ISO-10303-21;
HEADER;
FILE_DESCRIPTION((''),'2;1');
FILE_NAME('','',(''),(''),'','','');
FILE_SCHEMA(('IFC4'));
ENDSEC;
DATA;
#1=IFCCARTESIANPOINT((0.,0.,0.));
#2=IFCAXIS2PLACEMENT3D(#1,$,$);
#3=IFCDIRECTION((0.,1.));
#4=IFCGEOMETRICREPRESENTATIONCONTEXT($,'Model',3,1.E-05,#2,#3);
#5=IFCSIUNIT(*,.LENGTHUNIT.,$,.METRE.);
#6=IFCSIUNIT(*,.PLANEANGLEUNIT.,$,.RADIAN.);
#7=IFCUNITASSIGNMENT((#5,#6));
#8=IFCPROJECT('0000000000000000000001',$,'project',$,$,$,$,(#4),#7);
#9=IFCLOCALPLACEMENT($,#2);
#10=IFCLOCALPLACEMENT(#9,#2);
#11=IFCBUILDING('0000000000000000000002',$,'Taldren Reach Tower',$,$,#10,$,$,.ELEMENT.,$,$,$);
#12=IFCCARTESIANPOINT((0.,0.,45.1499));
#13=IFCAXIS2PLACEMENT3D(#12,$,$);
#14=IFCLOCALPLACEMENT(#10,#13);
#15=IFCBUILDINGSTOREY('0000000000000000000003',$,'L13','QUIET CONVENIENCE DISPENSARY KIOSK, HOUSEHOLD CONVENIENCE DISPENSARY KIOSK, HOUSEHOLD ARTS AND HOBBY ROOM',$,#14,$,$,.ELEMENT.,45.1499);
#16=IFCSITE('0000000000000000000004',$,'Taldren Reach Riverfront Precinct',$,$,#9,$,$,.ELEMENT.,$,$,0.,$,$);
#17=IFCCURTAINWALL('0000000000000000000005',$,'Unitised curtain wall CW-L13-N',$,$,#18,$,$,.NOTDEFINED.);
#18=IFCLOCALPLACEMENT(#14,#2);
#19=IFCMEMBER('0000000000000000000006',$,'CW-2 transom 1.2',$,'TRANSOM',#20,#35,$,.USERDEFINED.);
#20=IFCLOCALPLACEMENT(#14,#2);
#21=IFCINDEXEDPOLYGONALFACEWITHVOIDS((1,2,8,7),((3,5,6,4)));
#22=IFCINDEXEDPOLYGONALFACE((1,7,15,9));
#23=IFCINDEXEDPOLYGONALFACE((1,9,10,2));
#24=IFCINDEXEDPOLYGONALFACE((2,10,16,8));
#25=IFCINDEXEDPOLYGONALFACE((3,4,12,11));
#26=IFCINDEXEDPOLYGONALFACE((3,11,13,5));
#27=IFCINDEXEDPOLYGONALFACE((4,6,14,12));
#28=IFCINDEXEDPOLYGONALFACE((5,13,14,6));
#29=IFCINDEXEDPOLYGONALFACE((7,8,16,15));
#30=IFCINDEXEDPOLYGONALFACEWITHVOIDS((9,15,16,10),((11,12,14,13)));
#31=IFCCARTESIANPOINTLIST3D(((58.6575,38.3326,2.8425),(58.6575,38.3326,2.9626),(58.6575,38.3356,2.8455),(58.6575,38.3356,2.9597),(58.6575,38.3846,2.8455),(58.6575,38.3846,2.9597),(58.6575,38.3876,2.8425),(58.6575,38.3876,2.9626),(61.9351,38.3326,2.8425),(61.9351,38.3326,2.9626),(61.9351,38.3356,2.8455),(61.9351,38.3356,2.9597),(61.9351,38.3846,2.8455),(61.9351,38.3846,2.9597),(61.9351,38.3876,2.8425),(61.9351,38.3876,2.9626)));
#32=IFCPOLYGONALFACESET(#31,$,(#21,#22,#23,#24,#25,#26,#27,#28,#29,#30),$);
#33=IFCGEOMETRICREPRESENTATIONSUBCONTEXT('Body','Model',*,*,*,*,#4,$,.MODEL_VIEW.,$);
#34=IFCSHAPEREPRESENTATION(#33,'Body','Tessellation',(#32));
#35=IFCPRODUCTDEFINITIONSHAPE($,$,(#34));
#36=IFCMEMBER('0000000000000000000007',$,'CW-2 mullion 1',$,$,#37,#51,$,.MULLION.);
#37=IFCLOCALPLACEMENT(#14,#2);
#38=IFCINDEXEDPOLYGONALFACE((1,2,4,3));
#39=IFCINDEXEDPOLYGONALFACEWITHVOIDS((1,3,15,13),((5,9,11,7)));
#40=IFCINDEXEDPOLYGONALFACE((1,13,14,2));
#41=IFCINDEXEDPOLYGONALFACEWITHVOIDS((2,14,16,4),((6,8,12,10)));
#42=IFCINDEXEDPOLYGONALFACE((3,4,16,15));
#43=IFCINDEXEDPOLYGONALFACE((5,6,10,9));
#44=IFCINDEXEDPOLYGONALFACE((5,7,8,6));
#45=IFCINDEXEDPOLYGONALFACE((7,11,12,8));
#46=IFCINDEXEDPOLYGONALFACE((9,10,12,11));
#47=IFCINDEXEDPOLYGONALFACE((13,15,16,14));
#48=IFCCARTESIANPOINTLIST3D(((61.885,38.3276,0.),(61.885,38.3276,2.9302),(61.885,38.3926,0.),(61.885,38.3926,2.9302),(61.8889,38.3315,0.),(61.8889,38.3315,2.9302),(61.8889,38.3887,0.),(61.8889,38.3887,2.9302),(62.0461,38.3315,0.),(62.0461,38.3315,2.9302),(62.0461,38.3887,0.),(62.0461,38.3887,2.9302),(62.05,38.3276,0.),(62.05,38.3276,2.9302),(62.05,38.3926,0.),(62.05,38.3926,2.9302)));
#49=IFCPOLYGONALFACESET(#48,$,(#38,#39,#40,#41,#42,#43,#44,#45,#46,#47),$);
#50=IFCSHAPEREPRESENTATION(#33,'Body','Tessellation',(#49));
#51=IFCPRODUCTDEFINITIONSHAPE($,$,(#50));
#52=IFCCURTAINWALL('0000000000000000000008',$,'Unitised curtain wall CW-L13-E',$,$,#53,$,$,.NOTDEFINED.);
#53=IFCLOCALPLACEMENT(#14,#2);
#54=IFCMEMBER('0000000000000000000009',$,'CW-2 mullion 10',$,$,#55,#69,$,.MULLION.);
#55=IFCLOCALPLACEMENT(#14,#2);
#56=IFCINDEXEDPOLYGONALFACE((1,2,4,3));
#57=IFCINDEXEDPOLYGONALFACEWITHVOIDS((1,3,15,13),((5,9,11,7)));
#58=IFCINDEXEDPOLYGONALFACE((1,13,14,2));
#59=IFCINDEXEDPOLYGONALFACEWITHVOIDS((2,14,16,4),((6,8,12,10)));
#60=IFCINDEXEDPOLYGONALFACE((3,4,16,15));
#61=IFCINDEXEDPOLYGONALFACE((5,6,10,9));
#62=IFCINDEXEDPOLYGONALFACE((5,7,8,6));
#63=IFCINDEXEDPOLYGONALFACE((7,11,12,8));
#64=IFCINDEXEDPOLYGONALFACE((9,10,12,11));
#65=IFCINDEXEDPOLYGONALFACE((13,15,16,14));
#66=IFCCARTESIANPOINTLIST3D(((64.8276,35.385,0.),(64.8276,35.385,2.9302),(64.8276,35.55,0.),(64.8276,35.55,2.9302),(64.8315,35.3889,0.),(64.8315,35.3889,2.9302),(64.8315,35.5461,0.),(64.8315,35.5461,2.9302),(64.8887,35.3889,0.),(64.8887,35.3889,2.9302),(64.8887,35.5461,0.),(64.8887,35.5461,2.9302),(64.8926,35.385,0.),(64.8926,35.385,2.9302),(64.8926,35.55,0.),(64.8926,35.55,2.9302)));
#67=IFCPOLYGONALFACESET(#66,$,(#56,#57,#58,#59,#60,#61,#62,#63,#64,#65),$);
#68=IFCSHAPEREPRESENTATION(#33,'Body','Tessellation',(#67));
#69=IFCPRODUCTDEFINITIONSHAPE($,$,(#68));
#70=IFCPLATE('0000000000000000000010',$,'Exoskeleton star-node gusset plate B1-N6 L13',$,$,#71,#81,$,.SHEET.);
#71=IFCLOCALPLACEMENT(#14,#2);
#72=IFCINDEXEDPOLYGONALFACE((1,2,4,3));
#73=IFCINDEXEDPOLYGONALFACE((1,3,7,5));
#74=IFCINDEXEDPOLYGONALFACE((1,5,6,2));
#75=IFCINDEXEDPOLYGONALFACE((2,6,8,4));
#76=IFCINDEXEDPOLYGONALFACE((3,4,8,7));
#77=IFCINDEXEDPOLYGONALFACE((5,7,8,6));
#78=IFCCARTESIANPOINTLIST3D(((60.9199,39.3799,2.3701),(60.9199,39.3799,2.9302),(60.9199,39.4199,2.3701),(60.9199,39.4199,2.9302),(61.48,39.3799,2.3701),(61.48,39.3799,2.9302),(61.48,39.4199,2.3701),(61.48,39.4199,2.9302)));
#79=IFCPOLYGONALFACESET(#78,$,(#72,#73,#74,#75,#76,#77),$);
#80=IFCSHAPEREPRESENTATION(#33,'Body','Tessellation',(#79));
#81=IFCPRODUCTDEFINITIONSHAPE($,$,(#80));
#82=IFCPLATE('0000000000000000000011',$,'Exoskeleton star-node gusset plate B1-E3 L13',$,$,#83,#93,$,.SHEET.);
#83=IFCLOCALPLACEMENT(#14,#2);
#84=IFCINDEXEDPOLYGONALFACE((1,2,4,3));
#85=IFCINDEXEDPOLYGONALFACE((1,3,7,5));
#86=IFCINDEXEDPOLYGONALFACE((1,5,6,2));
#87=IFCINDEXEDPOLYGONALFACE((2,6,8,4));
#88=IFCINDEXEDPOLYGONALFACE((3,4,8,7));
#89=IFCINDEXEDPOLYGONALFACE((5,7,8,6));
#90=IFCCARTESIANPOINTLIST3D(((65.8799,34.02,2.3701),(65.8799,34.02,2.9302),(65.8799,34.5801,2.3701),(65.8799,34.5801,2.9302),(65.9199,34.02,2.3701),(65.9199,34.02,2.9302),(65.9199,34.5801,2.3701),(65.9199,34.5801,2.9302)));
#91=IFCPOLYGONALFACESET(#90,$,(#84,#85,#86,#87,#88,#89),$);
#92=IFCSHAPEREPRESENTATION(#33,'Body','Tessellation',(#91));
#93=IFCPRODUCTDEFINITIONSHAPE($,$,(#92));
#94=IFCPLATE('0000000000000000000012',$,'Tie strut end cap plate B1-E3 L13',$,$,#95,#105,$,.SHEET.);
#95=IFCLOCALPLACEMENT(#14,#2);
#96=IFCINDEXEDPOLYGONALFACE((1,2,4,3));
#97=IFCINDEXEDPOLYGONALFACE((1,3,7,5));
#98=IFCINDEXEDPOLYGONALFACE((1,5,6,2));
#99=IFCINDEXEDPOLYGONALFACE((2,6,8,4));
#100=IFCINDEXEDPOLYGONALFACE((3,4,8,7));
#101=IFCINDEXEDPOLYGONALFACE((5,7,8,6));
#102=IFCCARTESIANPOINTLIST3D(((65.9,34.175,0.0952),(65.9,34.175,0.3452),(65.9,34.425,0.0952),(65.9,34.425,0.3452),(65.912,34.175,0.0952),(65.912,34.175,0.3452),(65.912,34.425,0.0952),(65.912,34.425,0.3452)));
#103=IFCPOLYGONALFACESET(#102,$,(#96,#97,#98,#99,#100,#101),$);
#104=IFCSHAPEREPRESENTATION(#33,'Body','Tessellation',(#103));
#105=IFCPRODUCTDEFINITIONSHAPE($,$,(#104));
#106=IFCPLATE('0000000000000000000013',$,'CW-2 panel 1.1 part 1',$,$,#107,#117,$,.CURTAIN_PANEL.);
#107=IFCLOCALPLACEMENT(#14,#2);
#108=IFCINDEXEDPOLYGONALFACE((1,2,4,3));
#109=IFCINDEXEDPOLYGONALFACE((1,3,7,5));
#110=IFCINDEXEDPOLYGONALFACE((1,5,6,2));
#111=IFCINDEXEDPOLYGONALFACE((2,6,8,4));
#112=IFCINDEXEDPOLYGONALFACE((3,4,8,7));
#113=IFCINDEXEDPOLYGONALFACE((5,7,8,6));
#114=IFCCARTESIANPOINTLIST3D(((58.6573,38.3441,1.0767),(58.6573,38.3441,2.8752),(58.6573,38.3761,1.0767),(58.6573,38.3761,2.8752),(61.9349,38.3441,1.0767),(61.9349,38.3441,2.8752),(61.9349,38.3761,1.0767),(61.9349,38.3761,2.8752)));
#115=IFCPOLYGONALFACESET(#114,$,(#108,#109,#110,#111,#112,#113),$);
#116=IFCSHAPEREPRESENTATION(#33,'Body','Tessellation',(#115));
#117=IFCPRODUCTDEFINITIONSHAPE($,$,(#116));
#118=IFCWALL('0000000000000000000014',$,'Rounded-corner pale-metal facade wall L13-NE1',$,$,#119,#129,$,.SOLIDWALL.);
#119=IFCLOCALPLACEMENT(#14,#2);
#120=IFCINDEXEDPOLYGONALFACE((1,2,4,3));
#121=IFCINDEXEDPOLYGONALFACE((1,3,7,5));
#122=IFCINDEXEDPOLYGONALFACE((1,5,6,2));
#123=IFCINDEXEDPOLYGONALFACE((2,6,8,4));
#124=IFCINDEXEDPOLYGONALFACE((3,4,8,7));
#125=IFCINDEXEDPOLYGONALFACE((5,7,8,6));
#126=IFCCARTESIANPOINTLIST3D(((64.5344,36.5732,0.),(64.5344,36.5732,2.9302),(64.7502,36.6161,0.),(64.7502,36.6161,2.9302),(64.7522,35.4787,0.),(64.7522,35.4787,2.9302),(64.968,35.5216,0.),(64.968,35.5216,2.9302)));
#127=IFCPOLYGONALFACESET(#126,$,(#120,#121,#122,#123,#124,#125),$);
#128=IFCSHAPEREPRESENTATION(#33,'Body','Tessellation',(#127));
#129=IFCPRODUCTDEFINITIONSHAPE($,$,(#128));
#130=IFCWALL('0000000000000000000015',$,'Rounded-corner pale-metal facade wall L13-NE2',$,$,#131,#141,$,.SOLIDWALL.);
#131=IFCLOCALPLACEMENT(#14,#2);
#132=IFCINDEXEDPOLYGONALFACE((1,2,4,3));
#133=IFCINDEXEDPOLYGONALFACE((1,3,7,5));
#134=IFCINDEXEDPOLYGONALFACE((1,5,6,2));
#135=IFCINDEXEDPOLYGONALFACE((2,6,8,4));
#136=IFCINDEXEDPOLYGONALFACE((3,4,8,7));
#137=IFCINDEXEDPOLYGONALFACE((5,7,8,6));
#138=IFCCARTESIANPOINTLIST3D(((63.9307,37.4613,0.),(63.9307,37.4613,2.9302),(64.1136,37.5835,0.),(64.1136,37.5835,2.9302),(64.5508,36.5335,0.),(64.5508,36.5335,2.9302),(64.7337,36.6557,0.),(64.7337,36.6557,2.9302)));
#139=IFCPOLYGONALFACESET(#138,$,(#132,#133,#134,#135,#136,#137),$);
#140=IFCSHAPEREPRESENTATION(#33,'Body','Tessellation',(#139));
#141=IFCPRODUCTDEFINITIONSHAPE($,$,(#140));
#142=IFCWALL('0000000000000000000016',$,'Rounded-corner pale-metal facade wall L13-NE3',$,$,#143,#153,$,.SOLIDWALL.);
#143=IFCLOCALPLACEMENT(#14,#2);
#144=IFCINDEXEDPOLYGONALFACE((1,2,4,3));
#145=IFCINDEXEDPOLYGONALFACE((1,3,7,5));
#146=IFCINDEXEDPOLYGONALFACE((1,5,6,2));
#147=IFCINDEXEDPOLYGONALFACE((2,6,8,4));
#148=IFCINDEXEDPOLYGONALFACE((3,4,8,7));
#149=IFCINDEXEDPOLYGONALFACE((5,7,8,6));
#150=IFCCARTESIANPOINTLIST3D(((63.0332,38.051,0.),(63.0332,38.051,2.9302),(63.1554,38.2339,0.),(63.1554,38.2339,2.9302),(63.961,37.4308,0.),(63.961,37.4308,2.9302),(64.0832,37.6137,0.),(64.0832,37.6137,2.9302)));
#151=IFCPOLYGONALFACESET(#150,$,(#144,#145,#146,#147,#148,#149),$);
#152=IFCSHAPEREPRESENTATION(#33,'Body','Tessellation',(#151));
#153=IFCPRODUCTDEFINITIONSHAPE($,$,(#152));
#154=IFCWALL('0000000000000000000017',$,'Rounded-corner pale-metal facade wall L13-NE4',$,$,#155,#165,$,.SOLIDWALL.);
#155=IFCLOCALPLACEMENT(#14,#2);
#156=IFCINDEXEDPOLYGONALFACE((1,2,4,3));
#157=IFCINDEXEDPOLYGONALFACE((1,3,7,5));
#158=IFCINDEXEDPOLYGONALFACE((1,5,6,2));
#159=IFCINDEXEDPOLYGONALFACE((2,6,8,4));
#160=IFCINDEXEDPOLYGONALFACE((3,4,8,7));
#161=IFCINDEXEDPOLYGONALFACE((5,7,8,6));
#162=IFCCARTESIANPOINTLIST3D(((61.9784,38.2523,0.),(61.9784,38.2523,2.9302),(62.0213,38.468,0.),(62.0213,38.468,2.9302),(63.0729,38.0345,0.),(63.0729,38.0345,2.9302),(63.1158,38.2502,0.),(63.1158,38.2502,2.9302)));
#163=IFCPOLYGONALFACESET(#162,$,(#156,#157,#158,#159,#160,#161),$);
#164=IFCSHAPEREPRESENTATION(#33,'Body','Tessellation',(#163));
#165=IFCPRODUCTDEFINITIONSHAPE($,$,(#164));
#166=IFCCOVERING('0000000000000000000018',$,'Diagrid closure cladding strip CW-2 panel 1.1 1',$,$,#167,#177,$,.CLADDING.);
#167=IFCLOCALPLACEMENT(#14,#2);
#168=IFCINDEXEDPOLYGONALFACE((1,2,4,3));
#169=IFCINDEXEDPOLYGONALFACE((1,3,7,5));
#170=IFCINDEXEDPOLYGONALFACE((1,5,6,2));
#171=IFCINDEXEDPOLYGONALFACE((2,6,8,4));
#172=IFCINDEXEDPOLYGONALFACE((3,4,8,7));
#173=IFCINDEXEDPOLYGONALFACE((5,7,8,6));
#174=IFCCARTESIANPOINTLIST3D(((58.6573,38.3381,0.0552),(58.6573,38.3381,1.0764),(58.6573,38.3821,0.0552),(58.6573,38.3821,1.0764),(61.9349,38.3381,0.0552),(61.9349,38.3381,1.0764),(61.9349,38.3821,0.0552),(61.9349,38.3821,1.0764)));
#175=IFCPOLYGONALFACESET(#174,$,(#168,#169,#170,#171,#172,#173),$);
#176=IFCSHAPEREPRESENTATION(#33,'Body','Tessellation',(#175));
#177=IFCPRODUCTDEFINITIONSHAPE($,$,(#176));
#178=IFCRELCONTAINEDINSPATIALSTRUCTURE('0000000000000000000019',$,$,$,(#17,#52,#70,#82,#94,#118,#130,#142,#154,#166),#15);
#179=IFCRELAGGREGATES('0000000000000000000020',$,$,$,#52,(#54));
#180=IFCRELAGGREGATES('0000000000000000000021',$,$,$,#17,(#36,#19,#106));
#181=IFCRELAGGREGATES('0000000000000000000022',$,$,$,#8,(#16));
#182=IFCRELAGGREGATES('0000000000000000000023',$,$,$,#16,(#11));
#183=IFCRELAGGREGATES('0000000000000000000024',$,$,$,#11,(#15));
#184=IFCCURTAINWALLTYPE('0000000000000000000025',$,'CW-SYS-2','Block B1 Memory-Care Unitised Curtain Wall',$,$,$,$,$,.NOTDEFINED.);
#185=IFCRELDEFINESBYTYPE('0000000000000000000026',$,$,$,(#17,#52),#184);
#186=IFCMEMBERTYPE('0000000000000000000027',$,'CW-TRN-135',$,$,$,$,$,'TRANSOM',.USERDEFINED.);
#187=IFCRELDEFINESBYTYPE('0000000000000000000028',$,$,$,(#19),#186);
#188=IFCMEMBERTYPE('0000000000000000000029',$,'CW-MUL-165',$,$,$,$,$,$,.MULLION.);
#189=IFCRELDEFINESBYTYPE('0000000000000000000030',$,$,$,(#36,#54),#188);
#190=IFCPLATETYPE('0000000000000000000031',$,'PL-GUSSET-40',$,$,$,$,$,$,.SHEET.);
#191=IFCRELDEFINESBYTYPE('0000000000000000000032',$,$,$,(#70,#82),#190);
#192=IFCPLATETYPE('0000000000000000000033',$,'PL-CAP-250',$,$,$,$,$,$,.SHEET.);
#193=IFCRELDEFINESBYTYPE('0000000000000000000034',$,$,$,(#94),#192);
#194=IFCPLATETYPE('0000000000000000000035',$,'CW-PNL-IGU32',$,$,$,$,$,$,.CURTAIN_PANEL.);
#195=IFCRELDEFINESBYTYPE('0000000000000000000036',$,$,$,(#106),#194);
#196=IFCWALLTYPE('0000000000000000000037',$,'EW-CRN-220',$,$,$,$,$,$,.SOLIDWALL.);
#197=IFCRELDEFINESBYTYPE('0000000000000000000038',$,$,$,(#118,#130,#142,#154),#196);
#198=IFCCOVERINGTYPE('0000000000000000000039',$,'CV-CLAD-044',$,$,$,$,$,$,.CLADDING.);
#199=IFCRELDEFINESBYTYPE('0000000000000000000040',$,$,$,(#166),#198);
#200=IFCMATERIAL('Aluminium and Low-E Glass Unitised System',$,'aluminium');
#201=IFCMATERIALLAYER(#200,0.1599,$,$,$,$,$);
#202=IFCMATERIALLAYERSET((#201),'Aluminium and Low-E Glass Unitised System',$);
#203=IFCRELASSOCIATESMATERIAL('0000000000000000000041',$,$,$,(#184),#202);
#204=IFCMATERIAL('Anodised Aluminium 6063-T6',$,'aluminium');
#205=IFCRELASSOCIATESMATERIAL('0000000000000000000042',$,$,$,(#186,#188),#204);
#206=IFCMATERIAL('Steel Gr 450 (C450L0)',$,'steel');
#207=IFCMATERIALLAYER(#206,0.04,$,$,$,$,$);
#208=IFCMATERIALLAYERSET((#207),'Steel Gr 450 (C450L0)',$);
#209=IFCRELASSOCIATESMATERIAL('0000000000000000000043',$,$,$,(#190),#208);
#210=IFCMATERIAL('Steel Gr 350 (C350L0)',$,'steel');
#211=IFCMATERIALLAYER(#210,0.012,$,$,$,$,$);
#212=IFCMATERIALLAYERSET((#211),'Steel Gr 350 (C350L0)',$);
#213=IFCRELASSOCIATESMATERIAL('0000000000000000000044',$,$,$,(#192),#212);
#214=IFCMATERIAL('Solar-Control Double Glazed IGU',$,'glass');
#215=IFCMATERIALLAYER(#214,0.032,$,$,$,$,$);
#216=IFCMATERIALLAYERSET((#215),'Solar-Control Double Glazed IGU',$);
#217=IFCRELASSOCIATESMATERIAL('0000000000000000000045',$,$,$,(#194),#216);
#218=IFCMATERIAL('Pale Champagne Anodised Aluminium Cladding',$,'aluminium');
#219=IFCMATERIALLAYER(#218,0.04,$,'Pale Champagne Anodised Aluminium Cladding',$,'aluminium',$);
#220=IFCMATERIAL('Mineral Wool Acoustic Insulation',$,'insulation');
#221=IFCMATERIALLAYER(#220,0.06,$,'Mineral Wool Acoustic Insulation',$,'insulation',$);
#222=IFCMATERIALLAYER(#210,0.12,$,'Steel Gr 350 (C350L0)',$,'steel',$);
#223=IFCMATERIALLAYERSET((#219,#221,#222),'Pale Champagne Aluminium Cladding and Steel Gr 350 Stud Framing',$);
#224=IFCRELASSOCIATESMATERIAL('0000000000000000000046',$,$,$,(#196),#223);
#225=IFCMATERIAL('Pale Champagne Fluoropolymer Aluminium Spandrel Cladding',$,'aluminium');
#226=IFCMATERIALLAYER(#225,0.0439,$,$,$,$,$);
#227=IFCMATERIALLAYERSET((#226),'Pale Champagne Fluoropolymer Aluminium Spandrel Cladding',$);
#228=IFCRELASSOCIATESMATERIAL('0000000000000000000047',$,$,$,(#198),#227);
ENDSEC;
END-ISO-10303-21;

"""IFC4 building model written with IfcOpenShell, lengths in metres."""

from ifc_helpers import new_model, si_unit, direction, frame, frame_2d, origin, origin_2d, place, context, subcontext, project, spatial, rectangle, hollow_rectangle, extrude, source, transform, mapped, material, layer, layer_set, material_profile, profile_set, type_object, element, aggregate, save


model = new_model("IFC4")

# Units and contexts
model_context = context("Model", 3, precision=1e-05, world=origin(), true_north=direction((0.0, 1.0)))
body_context = subcontext(model_context, "Body", "Model", "MODEL_VIEW")
ifc_project = project(units=[si_unit("LENGTHUNIT", "METRE"), si_unit("PLANEANGLEUNIT", "RADIAN")], contexts=[model_context])

# Site, building, storey
site_placement = place(None, origin())
site = spatial("IfcSite", under=ifc_project, at=site_placement, Name="Taldren Reach Riverfront Precinct", CompositionType="ELEMENT", RefElevation=0.0)
building_placement = place(site_placement, origin())
building = spatial("IfcBuilding", under=site, at=building_placement, Name="Taldren Reach Tower", CompositionType="ELEMENT")
storey_placement = place(building_placement, frame((0.0, 0.0, 45.1499)))
storey = spatial("IfcBuildingStorey", under=building, at=storey_placement, Name="L13", Description="QUIET CONVENIENCE DISPENSARY KIOSK, HOUSEHOLD CONVENIENCE DISPENSARY KIOSK, HOUSEHOLD ARTS AND HOBBY ROOM", CompositionType="ELEMENT", Elevation=45.1499)

# Shared definitions
ifc_material_1 = material(Name="Steel Gr 450 (C450L0)", Category="steel")
ifc_material_2 = material(Name="Steel Gr 350 (C350L0)", Category="steel")

# Curtain wall, members
ifc_material_3 = material(Name="Aluminium and Low-E Glass Unitised System", Category="aluminium")
ifc_layer_1 = layer(ifc_material_3, 0.1599)
ifc_layer_set_1 = layer_set([ifc_layer_1], Name="Aluminium and Low-E Glass Unitised System")
curtain_wall_type = type_object("IfcCurtainWallType", Name="CW-SYS-2", Description="Block B1 Memory-Care Unitised Curtain Wall", PredefinedType="NOTDEFINED", material=ifc_layer_set_1)
curtain_wall_1_placement = place(storey_placement, origin())
curtain_wall_1 = element("IfcCurtainWall", 1, at=curtain_wall_1_placement, inside=storey, type_object=curtain_wall_type, Name="Unitised curtain wall CW-L13-N", PredefinedType="NOTDEFINED")
ifc_material_4 = material(Name="Anodised Aluminium 6063-T6", Category="aluminium")
ifc_material_profile_1 = material_profile(ifc_material_4, hollow_rectangle(XDim=0.0549, YDim=0.1201, WallThickness=0.0029, at=origin_2d()), Name="ALU-120x55x3RHS")
ifc_profile_set_1 = profile_set([ifc_material_profile_1], Name="Anodised Aluminium 6063-T6")
member_type_1 = type_object("IfcMemberType", Name="CW-TRN-135", ElementType="TRANSOM", PredefinedType="USERDEFINED", material=ifc_profile_set_1)
shared_shape_1 = source(origin(), body_context, "Body", "SweptSolid", [
    extrude(hollow_rectangle(XDim=0.0549, YDim=0.1201, WallThickness=0.0029, at=origin_2d()), origin(), (0.0, 0.0, 1.0), 3.2776),
])
member_1_placement = place(storey_placement, frame((61.9351, 38.3601, 2.9026), z_axis=(-1.0, 0.0, 0.0), x_axis=(0.0, -1.0, 0.0)))
member_1 = element("IfcMember", 2, at=member_1_placement, type_object=member_type_1, Name="CW-2 transom 1.2", ObjectType="TRANSOM", PredefinedType="USERDEFINED", context=body_context, shape_type="MappedRepresentation", body=[
    mapped(shared_shape_1, transform((0.0, 0.0, 0.0), scale=1.0)),
])
ifc_material_profile_2 = material_profile(ifc_material_4, hollow_rectangle(XDim=0.0649, YDim=0.165, WallThickness=0.0039, at=origin_2d()), Name="ALU-165x65x4RHS")
ifc_profile_set_2 = profile_set([ifc_material_profile_2], Name="Anodised Aluminium 6063-T6")
member_type_2 = type_object("IfcMemberType", Name="CW-MUL-165", PredefinedType="MULLION", material=ifc_profile_set_2)
shared_shape_2 = source(origin(), body_context, "Body", "SweptSolid", [
    extrude(hollow_rectangle(XDim=0.0649, YDim=0.165, WallThickness=0.0039, at=origin_2d()), origin(), (0.0, 0.0, 1.0), 2.9302),
])
member_2_placement = place(storey_placement, frame((61.9675, 38.3601, 0.0), z_axis=(0.0, 0.0, 1.0), x_axis=(0.0, -1.0, 0.0)))
member_2 = element("IfcMember", 3, at=member_2_placement, type_object=member_type_2, Name="CW-2 mullion 1", PredefinedType="MULLION", context=body_context, shape_type="MappedRepresentation", body=[
    mapped(shared_shape_2, transform((0.0, 0.0, 0.0), scale=1.0)),
])

# Curtain wall, member
curtain_wall_2_placement = place(storey_placement, origin())
curtain_wall_2 = element("IfcCurtainWall", 4, at=curtain_wall_2_placement, inside=storey, type_object=curtain_wall_type, Name="Unitised curtain wall CW-L13-E", PredefinedType="NOTDEFINED")
member_3_placement = place(storey_placement, frame((64.8601, 35.4675, 0.0), z_axis=(0.0, 0.0, 1.0), x_axis=(-1.0, 0.0, 0.0)))
member_3 = element("IfcMember", 5, at=member_3_placement, type_object=member_type_2, Name="CW-2 mullion 10", PredefinedType="MULLION", context=body_context, shape_type="MappedRepresentation", body=[
    mapped(shared_shape_2, transform((0.0, 0.0, 0.0), scale=1.0)),
])
aggregate(curtain_wall_2, [member_3])

# Plates
ifc_layer_2 = layer(ifc_material_1, 0.04)
ifc_layer_set_2 = layer_set([ifc_layer_2], Name="Steel Gr 450 (C450L0)")
plate_type_1 = type_object("IfcPlateType", Name="PL-GUSSET-40", PredefinedType="SHEET", material=ifc_layer_set_2)
shared_shape_3 = source(origin(), body_context, "Body", "SweptSolid", [
    extrude(rectangle(XDim=0.5601, YDim=0.04, at=origin_2d()), origin(), (0.0, 0.0, 1.0), 0.5601),
])
for number, where, z_axis, x_axis, name in (
    (6, (61.2, 39.3999, 2.3701), (0.0, 0.0, 1.0), (1.0, 0.0, 0.0), "Exoskeleton star-node gusset plate B1-N6 L13"),
    (7, (65.8999, 34.3, 2.3701), (0.0, 0.0, 1.0), (0.0, 1.0, 0.0), "Exoskeleton star-node gusset plate B1-E3 L13"),
):
    element("IfcPlate", number, at=place(storey_placement, frame(where, z_axis=z_axis, x_axis=x_axis)), inside=storey, type_object=plate_type_1, Name=name, PredefinedType="SHEET", context=body_context, shape_type="MappedRepresentation", body=[
        mapped(shared_shape_3, transform((0.0, 0.0, 0.0), scale=1.0)),
    ])
ifc_layer_3 = layer(ifc_material_2, 0.012)
ifc_layer_set_3 = layer_set([ifc_layer_3], Name="Steel Gr 350 (C350L0)")
plate_type_2 = type_object("IfcPlateType", Name="PL-CAP-250", PredefinedType="SHEET", material=ifc_layer_set_3)
shared_shape_4 = source(origin(), body_context, "Body", "SweptSolid", [
    extrude(rectangle(XDim=0.012, YDim=0.25, at=origin_2d()), origin(), (0.0, 0.0, 1.0), 0.25),
])
plate_1_placement = place(storey_placement, frame((65.906, 34.3, 0.0952), z_axis=(0.0, 0.0, 1.0), x_axis=(1.0, 0.0, 0.0)))
element("IfcPlate", 8, at=plate_1_placement, inside=storey, type_object=plate_type_2, Name="Tie strut end cap plate B1-E3 L13", PredefinedType="SHEET", context=body_context, shape_type="MappedRepresentation", body=[
    mapped(shared_shape_4, transform((0.0, 0.0, 0.0), scale=1.0)),
])

# Plate
ifc_material_5 = material(Name="Solar-Control Double Glazed IGU", Category="glass")
ifc_layer_4 = layer(ifc_material_5, 0.032)
ifc_layer_set_4 = layer_set([ifc_layer_4], Name="Solar-Control Double Glazed IGU")
plate_type_3 = type_object("IfcPlateType", Name="CW-PNL-IGU32", PredefinedType="CURTAIN_PANEL", material=ifc_layer_set_4)
shared_shape_5 = source(origin(), body_context, "Body", "SweptSolid", [
    extrude(rectangle(XDim=3.2776, YDim=0.032, at=origin_2d()), origin(), (0.0, 0.0, 1.0), 1.7986),
])
plate_2_placement = place(storey_placement, frame((60.2961, 38.3601, 1.0767), z_axis=(0.0, 0.0, 1.0), x_axis=(-1.0, 0.0, 0.0)))
plate_2 = element("IfcPlate", 9, at=plate_2_placement, type_object=plate_type_3, Name="CW-2 panel 1.1 part 1", PredefinedType="CURTAIN_PANEL", context=body_context, shape_type="MappedRepresentation", body=[
    mapped(shared_shape_5, transform((0.0, 0.0, 0.0), scale=1.0)),
])
aggregate(curtain_wall_1, [member_2, member_1, plate_2])

# Walls
ifc_material_6 = material(Name="Pale Champagne Anodised Aluminium Cladding", Category="aluminium")
ifc_layer_5 = layer(ifc_material_6, 0.04, Name="Pale Champagne Anodised Aluminium Cladding", Category="aluminium")
ifc_material_7 = material(Name="Mineral Wool Acoustic Insulation", Category="insulation")
ifc_layer_6 = layer(ifc_material_7, 0.06, Name="Mineral Wool Acoustic Insulation", Category="insulation")
ifc_layer_7 = layer(ifc_material_2, 0.12, Name="Steel Gr 350 (C350L0)", Category="steel")
ifc_layer_set_5 = layer_set([ifc_layer_5, ifc_layer_6, ifc_layer_7], Name="Pale Champagne Aluminium Cladding and Steel Gr 350 Stud Framing")
wall_type = type_object("IfcWallType", Name="EW-CRN-220", PredefinedType="SOLIDWALL", material=ifc_layer_set_5)
shared_shape_6 = source(origin(), body_context, "Body", "SweptSolid", [
    extrude(rectangle(XDim=1.116, YDim=0.22, at=frame_2d((0.5581, 0.0))), origin(), (0.0, 0.0, 1.0), 2.9302),
])
for number, where, z_axis, x_axis, name in (
    (10, (64.8601, 35.5, 0.0), (0.0, 0.0, 1.0), (-0.195148, 0.980774, 0.0), "Rounded-corner pale-metal facade wall L13-NE1"),
    (11, (64.6423, 36.5945, 0.0), (0.0, 0.0, 1.0), (-0.55571, 0.831377, 0.0), "Rounded-corner pale-metal facade wall L13-NE2"),
    (12, (64.0222, 37.5222, 0.0), (0.0, 0.0, 1.0), (-0.831377, 0.55571, 0.0), "Rounded-corner pale-metal facade wall L13-NE3"),
    (13, (63.0945, 38.1423, 0.0), (0.0, 0.0, 1.0), (-0.980774, 0.195148, 0.0), "Rounded-corner pale-metal facade wall L13-NE4"),
):
    element("IfcWall", number, at=place(storey_placement, frame(where, z_axis=z_axis, x_axis=x_axis)), inside=storey, type_object=wall_type, Name=name, PredefinedType="SOLIDWALL", context=body_context, shape_type="MappedRepresentation", body=[
        mapped(shared_shape_6, transform((0.0, 0.0, 0.0), scale=1.0)),
    ])

# Covering
ifc_material_8 = material(Name="Pale Champagne Fluoropolymer Aluminium Spandrel Cladding", Category="aluminium")
ifc_layer_8 = layer(ifc_material_8, 0.0439)
ifc_layer_set_6 = layer_set([ifc_layer_8], Name="Pale Champagne Fluoropolymer Aluminium Spandrel Cladding")
covering_type = type_object("IfcCoveringType", Name="CV-CLAD-044", PredefinedType="CLADDING", material=ifc_layer_set_6)
shared_shape_7 = source(origin(), body_context, "Body", "SweptSolid", [
    extrude(rectangle(XDim=3.2776, YDim=0.0439, at=origin_2d()), origin(), (0.0, 0.0, 1.0), 1.0212),
])
covering_placement = place(storey_placement, frame((60.2961, 38.3601, 0.0552), z_axis=(0.0, 0.0, 1.0), x_axis=(-1.0, 0.0, 0.0)))
element("IfcCovering", 14, at=covering_placement, inside=storey, type_object=covering_type, Name="Diagrid closure cladding strip CW-2 panel 1.1 1", PredefinedType="CLADDING", context=body_context, shape_type="MappedRepresentation", body=[
    mapped(shared_shape_7, transform((0.0, 0.0, 0.0), scale=1.0)),
])

save(model, "model.ifc")
